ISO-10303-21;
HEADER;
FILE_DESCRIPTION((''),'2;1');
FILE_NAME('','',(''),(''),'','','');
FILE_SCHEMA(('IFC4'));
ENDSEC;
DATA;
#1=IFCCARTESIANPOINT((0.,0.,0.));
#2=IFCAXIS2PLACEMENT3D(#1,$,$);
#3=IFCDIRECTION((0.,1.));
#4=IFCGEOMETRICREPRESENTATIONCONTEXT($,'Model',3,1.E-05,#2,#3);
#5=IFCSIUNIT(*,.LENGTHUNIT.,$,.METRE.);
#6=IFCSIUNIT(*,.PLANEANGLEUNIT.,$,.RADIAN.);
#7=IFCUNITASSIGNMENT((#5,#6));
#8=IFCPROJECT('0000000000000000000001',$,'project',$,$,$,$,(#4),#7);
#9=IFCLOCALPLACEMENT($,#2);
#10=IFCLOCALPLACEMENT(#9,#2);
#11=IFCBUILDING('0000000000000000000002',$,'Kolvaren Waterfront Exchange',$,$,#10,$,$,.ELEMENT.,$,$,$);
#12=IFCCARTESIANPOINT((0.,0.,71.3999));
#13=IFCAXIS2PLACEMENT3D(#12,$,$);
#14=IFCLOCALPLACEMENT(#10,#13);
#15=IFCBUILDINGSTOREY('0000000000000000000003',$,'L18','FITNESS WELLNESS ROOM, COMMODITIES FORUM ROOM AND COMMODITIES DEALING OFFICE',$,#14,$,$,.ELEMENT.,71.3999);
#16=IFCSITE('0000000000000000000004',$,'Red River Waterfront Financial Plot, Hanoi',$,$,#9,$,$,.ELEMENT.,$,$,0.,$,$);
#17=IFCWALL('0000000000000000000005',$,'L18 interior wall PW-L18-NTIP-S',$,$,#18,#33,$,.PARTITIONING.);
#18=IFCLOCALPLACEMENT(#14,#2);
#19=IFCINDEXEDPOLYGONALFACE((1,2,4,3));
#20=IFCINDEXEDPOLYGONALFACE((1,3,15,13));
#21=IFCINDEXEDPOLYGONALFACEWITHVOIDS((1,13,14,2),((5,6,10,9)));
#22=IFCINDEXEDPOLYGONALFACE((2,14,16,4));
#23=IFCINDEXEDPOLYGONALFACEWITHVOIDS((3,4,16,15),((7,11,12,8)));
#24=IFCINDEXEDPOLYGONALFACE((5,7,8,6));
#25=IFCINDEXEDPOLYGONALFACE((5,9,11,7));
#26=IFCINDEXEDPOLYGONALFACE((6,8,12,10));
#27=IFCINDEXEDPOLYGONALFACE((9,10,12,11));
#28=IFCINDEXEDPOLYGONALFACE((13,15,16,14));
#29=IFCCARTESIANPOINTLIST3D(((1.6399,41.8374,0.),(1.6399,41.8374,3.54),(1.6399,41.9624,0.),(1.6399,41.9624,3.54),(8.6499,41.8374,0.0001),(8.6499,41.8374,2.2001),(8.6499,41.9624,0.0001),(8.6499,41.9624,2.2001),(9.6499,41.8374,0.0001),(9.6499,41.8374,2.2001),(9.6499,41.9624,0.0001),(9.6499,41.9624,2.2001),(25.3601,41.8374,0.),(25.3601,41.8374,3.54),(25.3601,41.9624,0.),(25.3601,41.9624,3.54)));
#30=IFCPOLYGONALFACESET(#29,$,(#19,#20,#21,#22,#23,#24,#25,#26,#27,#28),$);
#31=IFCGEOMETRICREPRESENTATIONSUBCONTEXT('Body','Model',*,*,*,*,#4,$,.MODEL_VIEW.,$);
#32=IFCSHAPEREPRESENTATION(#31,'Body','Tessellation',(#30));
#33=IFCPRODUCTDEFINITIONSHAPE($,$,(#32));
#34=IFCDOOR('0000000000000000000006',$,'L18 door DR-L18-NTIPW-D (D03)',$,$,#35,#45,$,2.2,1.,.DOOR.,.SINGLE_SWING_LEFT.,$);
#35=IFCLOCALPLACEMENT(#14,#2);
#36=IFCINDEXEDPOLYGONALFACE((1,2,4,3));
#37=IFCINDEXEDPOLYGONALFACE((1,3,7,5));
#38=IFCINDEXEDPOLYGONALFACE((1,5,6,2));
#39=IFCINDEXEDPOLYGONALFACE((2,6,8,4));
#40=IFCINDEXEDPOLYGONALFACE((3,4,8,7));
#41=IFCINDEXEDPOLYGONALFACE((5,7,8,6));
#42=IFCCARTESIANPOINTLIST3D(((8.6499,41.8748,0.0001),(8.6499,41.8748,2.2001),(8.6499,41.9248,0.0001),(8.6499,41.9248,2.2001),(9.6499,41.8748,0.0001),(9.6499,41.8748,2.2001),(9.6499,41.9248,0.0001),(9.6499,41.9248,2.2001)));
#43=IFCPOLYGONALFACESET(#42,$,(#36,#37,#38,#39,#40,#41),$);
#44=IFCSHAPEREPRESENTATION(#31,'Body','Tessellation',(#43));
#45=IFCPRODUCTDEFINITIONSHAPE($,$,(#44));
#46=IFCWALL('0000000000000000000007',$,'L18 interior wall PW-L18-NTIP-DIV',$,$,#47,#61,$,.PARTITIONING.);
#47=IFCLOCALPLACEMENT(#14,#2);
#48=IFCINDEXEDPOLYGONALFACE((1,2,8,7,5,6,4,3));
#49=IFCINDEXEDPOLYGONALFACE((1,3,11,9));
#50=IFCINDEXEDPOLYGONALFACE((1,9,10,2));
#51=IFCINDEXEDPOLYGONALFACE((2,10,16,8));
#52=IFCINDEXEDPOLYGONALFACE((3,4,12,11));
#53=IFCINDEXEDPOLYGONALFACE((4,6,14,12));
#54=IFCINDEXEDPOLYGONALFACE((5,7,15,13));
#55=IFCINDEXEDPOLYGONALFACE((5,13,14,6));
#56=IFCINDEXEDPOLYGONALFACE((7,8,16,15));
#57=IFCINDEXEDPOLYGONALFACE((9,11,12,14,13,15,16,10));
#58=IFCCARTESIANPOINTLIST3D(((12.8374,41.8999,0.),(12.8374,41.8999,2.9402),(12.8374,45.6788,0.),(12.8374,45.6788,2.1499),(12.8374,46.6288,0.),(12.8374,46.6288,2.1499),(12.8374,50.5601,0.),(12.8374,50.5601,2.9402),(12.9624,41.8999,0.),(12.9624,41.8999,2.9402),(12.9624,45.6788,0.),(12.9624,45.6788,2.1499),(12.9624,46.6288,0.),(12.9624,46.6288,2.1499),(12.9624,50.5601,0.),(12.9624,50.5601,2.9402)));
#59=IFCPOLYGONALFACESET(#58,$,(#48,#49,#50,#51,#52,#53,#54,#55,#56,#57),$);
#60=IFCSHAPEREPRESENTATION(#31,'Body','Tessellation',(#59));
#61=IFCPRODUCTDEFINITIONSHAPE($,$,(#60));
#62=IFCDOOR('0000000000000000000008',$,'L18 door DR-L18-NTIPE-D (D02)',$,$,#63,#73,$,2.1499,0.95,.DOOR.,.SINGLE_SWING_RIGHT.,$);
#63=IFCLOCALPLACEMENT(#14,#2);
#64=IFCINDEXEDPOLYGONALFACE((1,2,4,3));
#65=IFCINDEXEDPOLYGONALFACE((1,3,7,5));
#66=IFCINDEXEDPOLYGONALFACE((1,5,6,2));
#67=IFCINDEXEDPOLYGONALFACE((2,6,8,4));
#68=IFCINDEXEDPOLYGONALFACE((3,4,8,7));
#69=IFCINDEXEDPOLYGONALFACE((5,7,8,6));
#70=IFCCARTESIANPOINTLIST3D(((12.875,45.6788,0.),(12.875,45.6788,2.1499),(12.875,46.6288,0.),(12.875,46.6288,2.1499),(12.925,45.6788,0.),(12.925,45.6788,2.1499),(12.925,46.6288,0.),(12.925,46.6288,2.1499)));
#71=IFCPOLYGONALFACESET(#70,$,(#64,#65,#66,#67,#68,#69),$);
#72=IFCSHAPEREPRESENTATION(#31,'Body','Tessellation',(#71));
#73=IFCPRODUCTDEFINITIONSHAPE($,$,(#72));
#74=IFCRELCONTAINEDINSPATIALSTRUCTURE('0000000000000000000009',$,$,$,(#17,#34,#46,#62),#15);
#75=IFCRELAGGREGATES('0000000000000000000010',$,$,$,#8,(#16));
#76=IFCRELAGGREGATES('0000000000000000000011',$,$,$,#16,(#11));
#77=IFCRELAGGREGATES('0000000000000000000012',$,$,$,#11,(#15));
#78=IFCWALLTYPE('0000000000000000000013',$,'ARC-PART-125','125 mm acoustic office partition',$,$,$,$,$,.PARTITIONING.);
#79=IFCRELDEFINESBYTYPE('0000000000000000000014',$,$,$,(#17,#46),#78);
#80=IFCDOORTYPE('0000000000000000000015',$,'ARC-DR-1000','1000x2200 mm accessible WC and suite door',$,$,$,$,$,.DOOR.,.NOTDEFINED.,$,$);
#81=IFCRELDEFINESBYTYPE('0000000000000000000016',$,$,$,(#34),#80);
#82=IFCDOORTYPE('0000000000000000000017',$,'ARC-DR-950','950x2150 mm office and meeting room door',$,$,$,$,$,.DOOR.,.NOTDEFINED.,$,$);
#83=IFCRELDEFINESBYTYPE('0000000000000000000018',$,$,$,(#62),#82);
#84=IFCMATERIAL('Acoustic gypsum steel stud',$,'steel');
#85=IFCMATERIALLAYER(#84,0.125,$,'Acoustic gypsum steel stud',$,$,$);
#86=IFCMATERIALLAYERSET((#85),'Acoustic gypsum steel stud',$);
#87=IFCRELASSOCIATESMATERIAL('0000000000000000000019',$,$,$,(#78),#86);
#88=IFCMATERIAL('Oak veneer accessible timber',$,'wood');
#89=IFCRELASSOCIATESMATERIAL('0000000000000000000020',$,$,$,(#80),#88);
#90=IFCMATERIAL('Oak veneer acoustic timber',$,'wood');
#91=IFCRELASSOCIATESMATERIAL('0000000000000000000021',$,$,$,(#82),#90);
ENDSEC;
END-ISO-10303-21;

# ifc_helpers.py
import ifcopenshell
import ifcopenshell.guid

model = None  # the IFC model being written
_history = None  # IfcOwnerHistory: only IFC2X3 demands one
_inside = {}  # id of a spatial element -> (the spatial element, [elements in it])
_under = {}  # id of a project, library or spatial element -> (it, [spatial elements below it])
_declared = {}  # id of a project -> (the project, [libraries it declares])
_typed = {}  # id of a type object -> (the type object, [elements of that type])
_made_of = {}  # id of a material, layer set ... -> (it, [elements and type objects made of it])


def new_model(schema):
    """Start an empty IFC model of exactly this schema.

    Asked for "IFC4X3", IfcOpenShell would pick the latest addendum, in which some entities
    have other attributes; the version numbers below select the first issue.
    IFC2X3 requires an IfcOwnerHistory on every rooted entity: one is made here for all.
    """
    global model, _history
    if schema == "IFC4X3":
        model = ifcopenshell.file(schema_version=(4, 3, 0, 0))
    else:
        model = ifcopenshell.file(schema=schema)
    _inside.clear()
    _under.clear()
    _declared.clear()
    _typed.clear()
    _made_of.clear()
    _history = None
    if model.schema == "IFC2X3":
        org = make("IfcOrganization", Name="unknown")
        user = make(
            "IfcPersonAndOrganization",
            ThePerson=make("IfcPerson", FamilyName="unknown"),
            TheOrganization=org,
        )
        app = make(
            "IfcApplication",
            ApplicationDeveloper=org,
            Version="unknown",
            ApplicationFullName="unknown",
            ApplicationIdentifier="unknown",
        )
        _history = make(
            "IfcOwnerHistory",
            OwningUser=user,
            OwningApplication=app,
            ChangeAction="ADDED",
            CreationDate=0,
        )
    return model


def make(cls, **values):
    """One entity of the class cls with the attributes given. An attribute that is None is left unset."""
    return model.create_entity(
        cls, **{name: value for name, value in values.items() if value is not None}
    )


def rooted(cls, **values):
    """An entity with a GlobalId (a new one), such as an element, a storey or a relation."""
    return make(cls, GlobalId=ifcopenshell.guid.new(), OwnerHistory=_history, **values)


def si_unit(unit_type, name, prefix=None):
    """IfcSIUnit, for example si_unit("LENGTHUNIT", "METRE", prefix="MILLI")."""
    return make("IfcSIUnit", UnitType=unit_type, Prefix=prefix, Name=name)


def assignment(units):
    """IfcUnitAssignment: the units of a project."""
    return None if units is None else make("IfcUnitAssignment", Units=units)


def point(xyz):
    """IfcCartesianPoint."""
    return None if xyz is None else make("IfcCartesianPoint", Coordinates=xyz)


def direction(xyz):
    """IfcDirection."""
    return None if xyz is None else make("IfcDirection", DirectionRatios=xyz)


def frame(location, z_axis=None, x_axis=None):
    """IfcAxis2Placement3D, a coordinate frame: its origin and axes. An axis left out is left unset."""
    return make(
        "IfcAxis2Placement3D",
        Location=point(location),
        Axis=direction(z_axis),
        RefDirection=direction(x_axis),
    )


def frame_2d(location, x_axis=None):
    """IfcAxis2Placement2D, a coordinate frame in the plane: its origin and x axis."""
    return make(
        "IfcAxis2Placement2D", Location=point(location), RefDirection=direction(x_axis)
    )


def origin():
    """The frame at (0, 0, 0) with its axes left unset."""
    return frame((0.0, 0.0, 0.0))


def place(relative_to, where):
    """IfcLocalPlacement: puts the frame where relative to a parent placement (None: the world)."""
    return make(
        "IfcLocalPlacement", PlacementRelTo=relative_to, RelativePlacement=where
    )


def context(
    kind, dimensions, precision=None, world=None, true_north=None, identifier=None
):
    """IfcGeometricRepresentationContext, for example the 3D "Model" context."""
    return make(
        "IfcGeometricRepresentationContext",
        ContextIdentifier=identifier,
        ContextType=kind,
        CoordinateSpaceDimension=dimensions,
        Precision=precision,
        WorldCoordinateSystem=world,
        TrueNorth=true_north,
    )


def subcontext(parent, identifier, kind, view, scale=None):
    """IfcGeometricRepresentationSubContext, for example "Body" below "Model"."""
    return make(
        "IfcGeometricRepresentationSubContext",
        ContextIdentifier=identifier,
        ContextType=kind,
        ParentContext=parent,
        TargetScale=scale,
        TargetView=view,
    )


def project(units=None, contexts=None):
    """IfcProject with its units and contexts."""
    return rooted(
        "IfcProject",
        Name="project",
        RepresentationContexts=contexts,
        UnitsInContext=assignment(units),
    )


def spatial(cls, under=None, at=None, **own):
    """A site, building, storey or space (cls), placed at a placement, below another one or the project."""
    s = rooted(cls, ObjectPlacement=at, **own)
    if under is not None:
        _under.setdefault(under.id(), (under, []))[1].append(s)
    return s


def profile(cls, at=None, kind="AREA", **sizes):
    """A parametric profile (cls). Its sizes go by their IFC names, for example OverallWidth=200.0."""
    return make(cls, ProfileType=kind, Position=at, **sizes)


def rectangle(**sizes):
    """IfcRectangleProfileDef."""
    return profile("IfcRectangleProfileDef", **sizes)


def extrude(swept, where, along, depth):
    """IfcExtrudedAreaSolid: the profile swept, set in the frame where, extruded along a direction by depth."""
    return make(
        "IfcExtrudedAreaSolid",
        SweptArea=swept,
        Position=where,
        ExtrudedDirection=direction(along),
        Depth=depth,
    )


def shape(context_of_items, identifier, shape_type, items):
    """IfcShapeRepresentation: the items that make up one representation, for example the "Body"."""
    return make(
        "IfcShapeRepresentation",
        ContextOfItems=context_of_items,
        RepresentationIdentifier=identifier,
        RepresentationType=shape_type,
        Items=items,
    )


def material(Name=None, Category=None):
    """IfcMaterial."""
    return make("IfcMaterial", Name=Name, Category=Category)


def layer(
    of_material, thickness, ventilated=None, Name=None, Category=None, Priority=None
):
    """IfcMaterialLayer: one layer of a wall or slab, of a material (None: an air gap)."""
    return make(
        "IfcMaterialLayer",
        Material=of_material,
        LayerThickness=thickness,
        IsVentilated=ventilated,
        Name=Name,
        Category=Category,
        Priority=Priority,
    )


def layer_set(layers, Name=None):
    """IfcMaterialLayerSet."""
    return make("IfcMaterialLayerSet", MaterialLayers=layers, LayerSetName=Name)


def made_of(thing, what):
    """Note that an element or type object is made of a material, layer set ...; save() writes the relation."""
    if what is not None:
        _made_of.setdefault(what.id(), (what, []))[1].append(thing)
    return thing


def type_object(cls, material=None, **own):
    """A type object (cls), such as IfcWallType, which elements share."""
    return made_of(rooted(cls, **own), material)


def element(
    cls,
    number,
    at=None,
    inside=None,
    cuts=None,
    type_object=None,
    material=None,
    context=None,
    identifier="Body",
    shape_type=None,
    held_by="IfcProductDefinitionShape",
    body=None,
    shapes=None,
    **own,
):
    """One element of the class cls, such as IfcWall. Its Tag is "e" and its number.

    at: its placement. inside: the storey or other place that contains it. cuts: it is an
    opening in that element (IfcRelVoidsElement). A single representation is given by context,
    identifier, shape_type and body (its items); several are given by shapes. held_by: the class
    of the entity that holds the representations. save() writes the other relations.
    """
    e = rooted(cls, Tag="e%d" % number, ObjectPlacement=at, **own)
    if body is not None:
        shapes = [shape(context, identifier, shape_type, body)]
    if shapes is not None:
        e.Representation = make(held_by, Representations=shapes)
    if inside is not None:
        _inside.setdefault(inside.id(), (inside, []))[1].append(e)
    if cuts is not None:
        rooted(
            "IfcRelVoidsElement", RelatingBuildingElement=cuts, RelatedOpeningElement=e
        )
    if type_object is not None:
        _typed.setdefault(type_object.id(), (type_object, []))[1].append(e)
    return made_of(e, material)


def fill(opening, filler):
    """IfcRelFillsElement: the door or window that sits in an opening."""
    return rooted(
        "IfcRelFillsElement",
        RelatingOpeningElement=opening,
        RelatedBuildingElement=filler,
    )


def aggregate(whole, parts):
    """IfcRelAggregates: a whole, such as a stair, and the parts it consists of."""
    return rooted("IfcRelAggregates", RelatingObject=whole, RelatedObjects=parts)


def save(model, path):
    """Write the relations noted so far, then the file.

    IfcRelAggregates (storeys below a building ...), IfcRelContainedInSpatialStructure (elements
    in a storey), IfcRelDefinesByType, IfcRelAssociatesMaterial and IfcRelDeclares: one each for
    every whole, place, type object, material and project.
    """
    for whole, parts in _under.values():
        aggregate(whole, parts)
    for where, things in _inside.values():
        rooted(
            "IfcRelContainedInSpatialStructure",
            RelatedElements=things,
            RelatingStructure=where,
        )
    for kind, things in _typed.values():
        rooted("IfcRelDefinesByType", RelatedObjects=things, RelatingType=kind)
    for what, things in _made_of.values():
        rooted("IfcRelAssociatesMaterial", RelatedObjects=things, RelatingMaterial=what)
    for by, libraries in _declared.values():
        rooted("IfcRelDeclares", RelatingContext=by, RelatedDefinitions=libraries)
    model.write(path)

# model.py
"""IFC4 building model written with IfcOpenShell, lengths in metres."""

from ifc_helpers import new_model, si_unit, direction, frame, frame_2d, origin, place, context, subcontext, project, spatial, rectangle, extrude, material, layer, layer_set, type_object, element, fill, save


model = new_model("IFC4")

# Units and contexts
model_context = context("Model", 3, precision=1e-05, world=origin(), true_north=direction((0.0, 1.0)))
body_context = subcontext(model_context, "Body", "Model", "MODEL_VIEW")
ifc_project = project(units=[si_unit("LENGTHUNIT", "METRE"), si_unit("PLANEANGLEUNIT", "RADIAN")], contexts=[model_context])

# Site, building, storey
site_placement = place(None, origin())
site = spatial("IfcSite", under=ifc_project, at=site_placement, Name="Red River Waterfront Financial Plot, Hanoi", CompositionType="ELEMENT", RefElevation=0.0)
building_placement = place(site_placement, origin())
building = spatial("IfcBuilding", under=site, at=building_placement, Name="Kolvaren Waterfront Exchange", CompositionType="ELEMENT")
storey_placement = place(building_placement, frame((0.0, 0.0, 71.3999)))
storey = spatial("IfcBuildingStorey", under=building, at=storey_placement, Name="L18", Description="FITNESS WELLNESS ROOM, COMMODITIES FORUM ROOM AND COMMODITIES DEALING OFFICE", CompositionType="ELEMENT", Elevation=71.3999)

# Walls, openings, doors
ifc_material_1 = material(Name="Acoustic gypsum steel stud", Category="steel")
ifc_layer_1 = layer(ifc_material_1, 0.125, Name="Acoustic gypsum steel stud")
ifc_layer_set_1 = layer_set([ifc_layer_1], Name="Acoustic gypsum steel stud")
wall_type_1 = type_object("IfcWallType", Name="ARC-PART-125", Description="125 mm acoustic office partition", PredefinedType="PARTITIONING", material=ifc_layer_set_1)
wall_1_placement = place(storey_placement, frame((1.6399, 41.8999, 0.0), z_axis=(0.0, 0.0, 1.0), x_axis=(1.0, 0.0, 0.0)))
wall_1 = element("IfcWall", 1, at=wall_1_placement, inside=storey, type_object=wall_type_1, Name="L18 interior wall PW-L18-NTIP-S", PredefinedType="PARTITIONING", context=body_context, shape_type="SweptSolid", body=[
    extrude(rectangle(XDim=23.7202, YDim=0.125, at=frame_2d((11.8601, 0.0))), origin(), (0.0, 0.0, 1.0), 3.54),
])
opening_1_placement = place(wall_1_placement, frame((7.01, 0.0, 0.0)))
opening_1 = element("IfcOpeningElement", 2, at=opening_1_placement, cuts=wall_1, PredefinedType="OPENING", context=body_context, shape_type="SweptSolid", body=[
    extrude(rectangle(XDim=1.0, YDim=2.2, at=frame_2d((0.5, 1.1001))), frame((0.0, 0.0725, 0.0), z_axis=(0.0, -1.0, 0.0), x_axis=(1.0, 0.0, 0.0)), (0.0, 0.0, 1.0), 0.145),
])
ifc_material_2 = material(Name="Oak veneer accessible timber", Category="wood")
door_type_1 = type_object("IfcDoorType", Name="ARC-DR-1000", Description="1000x2200 mm accessible WC and suite door", OperationType="NOTDEFINED", PredefinedType="DOOR", material=ifc_material_2)
door_1_placement = place(opening_1_placement, origin())
door_1 = element("IfcDoor", 3, at=door_1_placement, inside=storey, type_object=door_type_1, Name="L18 door DR-L18-NTIPW-D (D03)", OperationType="SINGLE_SWING_LEFT", OverallHeight=2.2, OverallWidth=1.0, PredefinedType="DOOR", context=body_context, shape_type="SweptSolid", body=[
    extrude(rectangle(XDim=1.0, YDim=2.2, at=frame_2d((0.5, 1.1001))), frame((0.0, 0.0249, 0.0), z_axis=(0.0, -1.0, 0.0), x_axis=(1.0, 0.0, 0.0)), (0.0, 0.0, 1.0), 0.05),
])
fill(opening_1, door_1)
wall_2_placement = place(storey_placement, frame((12.8999, 41.8999, 0.0), z_axis=(0.0, 0.0, 1.0), x_axis=(0.0, 1.0, 0.0)))
wall_2 = element("IfcWall", 4, at=wall_2_placement, inside=storey, type_object=wall_type_1, Name="L18 interior wall PW-L18-NTIP-DIV", PredefinedType="PARTITIONING", context=body_context, shape_type="SweptSolid", body=[
    extrude(rectangle(XDim=8.6602, YDim=0.125, at=frame_2d((4.3301, 0.0))), origin(), (0.0, 0.0, 1.0), 2.9402),
])
opening_2_placement = place(wall_2_placement, frame((3.7788, 0.0, 0.0)))
opening_2 = element("IfcOpeningElement", 5, at=opening_2_placement, cuts=wall_2, PredefinedType="OPENING", context=body_context, shape_type="SweptSolid", body=[
    extrude(rectangle(XDim=0.95, YDim=2.1499, at=frame_2d((0.4751, 1.075))), frame((0.0, 0.0725, 0.0), z_axis=(0.0, -1.0, 0.0), x_axis=(1.0, 0.0, 0.0)), (0.0, 0.0, 1.0), 0.145),
])
ifc_material_3 = material(Name="Oak veneer acoustic timber", Category="wood")
door_type_2 = type_object("IfcDoorType", Name="ARC-DR-950", Description="950x2150 mm office and meeting room door", OperationType="NOTDEFINED", PredefinedType="DOOR", material=ifc_material_3)
door_2_placement = place(opening_2_placement, origin())
door_2 = element("IfcDoor", 6, at=door_2_placement, inside=storey, type_object=door_type_2, Name="L18 door DR-L18-NTIPE-D (D02)", OperationType="SINGLE_SWING_RIGHT", OverallHeight=2.1499, OverallWidth=0.95, PredefinedType="DOOR", context=body_context, shape_type="SweptSolid", body=[
    extrude(rectangle(XDim=0.95, YDim=2.1499, at=frame_2d((0.4751, 1.075))), frame((0.0, 0.0249, 0.0), z_axis=(0.0, -1.0, 0.0), x_axis=(1.0, 0.0, 0.0)), (0.0, 0.0, 1.0), 0.05),
])
fill(opening_2, door_2)

save(model, "model.ifc")
